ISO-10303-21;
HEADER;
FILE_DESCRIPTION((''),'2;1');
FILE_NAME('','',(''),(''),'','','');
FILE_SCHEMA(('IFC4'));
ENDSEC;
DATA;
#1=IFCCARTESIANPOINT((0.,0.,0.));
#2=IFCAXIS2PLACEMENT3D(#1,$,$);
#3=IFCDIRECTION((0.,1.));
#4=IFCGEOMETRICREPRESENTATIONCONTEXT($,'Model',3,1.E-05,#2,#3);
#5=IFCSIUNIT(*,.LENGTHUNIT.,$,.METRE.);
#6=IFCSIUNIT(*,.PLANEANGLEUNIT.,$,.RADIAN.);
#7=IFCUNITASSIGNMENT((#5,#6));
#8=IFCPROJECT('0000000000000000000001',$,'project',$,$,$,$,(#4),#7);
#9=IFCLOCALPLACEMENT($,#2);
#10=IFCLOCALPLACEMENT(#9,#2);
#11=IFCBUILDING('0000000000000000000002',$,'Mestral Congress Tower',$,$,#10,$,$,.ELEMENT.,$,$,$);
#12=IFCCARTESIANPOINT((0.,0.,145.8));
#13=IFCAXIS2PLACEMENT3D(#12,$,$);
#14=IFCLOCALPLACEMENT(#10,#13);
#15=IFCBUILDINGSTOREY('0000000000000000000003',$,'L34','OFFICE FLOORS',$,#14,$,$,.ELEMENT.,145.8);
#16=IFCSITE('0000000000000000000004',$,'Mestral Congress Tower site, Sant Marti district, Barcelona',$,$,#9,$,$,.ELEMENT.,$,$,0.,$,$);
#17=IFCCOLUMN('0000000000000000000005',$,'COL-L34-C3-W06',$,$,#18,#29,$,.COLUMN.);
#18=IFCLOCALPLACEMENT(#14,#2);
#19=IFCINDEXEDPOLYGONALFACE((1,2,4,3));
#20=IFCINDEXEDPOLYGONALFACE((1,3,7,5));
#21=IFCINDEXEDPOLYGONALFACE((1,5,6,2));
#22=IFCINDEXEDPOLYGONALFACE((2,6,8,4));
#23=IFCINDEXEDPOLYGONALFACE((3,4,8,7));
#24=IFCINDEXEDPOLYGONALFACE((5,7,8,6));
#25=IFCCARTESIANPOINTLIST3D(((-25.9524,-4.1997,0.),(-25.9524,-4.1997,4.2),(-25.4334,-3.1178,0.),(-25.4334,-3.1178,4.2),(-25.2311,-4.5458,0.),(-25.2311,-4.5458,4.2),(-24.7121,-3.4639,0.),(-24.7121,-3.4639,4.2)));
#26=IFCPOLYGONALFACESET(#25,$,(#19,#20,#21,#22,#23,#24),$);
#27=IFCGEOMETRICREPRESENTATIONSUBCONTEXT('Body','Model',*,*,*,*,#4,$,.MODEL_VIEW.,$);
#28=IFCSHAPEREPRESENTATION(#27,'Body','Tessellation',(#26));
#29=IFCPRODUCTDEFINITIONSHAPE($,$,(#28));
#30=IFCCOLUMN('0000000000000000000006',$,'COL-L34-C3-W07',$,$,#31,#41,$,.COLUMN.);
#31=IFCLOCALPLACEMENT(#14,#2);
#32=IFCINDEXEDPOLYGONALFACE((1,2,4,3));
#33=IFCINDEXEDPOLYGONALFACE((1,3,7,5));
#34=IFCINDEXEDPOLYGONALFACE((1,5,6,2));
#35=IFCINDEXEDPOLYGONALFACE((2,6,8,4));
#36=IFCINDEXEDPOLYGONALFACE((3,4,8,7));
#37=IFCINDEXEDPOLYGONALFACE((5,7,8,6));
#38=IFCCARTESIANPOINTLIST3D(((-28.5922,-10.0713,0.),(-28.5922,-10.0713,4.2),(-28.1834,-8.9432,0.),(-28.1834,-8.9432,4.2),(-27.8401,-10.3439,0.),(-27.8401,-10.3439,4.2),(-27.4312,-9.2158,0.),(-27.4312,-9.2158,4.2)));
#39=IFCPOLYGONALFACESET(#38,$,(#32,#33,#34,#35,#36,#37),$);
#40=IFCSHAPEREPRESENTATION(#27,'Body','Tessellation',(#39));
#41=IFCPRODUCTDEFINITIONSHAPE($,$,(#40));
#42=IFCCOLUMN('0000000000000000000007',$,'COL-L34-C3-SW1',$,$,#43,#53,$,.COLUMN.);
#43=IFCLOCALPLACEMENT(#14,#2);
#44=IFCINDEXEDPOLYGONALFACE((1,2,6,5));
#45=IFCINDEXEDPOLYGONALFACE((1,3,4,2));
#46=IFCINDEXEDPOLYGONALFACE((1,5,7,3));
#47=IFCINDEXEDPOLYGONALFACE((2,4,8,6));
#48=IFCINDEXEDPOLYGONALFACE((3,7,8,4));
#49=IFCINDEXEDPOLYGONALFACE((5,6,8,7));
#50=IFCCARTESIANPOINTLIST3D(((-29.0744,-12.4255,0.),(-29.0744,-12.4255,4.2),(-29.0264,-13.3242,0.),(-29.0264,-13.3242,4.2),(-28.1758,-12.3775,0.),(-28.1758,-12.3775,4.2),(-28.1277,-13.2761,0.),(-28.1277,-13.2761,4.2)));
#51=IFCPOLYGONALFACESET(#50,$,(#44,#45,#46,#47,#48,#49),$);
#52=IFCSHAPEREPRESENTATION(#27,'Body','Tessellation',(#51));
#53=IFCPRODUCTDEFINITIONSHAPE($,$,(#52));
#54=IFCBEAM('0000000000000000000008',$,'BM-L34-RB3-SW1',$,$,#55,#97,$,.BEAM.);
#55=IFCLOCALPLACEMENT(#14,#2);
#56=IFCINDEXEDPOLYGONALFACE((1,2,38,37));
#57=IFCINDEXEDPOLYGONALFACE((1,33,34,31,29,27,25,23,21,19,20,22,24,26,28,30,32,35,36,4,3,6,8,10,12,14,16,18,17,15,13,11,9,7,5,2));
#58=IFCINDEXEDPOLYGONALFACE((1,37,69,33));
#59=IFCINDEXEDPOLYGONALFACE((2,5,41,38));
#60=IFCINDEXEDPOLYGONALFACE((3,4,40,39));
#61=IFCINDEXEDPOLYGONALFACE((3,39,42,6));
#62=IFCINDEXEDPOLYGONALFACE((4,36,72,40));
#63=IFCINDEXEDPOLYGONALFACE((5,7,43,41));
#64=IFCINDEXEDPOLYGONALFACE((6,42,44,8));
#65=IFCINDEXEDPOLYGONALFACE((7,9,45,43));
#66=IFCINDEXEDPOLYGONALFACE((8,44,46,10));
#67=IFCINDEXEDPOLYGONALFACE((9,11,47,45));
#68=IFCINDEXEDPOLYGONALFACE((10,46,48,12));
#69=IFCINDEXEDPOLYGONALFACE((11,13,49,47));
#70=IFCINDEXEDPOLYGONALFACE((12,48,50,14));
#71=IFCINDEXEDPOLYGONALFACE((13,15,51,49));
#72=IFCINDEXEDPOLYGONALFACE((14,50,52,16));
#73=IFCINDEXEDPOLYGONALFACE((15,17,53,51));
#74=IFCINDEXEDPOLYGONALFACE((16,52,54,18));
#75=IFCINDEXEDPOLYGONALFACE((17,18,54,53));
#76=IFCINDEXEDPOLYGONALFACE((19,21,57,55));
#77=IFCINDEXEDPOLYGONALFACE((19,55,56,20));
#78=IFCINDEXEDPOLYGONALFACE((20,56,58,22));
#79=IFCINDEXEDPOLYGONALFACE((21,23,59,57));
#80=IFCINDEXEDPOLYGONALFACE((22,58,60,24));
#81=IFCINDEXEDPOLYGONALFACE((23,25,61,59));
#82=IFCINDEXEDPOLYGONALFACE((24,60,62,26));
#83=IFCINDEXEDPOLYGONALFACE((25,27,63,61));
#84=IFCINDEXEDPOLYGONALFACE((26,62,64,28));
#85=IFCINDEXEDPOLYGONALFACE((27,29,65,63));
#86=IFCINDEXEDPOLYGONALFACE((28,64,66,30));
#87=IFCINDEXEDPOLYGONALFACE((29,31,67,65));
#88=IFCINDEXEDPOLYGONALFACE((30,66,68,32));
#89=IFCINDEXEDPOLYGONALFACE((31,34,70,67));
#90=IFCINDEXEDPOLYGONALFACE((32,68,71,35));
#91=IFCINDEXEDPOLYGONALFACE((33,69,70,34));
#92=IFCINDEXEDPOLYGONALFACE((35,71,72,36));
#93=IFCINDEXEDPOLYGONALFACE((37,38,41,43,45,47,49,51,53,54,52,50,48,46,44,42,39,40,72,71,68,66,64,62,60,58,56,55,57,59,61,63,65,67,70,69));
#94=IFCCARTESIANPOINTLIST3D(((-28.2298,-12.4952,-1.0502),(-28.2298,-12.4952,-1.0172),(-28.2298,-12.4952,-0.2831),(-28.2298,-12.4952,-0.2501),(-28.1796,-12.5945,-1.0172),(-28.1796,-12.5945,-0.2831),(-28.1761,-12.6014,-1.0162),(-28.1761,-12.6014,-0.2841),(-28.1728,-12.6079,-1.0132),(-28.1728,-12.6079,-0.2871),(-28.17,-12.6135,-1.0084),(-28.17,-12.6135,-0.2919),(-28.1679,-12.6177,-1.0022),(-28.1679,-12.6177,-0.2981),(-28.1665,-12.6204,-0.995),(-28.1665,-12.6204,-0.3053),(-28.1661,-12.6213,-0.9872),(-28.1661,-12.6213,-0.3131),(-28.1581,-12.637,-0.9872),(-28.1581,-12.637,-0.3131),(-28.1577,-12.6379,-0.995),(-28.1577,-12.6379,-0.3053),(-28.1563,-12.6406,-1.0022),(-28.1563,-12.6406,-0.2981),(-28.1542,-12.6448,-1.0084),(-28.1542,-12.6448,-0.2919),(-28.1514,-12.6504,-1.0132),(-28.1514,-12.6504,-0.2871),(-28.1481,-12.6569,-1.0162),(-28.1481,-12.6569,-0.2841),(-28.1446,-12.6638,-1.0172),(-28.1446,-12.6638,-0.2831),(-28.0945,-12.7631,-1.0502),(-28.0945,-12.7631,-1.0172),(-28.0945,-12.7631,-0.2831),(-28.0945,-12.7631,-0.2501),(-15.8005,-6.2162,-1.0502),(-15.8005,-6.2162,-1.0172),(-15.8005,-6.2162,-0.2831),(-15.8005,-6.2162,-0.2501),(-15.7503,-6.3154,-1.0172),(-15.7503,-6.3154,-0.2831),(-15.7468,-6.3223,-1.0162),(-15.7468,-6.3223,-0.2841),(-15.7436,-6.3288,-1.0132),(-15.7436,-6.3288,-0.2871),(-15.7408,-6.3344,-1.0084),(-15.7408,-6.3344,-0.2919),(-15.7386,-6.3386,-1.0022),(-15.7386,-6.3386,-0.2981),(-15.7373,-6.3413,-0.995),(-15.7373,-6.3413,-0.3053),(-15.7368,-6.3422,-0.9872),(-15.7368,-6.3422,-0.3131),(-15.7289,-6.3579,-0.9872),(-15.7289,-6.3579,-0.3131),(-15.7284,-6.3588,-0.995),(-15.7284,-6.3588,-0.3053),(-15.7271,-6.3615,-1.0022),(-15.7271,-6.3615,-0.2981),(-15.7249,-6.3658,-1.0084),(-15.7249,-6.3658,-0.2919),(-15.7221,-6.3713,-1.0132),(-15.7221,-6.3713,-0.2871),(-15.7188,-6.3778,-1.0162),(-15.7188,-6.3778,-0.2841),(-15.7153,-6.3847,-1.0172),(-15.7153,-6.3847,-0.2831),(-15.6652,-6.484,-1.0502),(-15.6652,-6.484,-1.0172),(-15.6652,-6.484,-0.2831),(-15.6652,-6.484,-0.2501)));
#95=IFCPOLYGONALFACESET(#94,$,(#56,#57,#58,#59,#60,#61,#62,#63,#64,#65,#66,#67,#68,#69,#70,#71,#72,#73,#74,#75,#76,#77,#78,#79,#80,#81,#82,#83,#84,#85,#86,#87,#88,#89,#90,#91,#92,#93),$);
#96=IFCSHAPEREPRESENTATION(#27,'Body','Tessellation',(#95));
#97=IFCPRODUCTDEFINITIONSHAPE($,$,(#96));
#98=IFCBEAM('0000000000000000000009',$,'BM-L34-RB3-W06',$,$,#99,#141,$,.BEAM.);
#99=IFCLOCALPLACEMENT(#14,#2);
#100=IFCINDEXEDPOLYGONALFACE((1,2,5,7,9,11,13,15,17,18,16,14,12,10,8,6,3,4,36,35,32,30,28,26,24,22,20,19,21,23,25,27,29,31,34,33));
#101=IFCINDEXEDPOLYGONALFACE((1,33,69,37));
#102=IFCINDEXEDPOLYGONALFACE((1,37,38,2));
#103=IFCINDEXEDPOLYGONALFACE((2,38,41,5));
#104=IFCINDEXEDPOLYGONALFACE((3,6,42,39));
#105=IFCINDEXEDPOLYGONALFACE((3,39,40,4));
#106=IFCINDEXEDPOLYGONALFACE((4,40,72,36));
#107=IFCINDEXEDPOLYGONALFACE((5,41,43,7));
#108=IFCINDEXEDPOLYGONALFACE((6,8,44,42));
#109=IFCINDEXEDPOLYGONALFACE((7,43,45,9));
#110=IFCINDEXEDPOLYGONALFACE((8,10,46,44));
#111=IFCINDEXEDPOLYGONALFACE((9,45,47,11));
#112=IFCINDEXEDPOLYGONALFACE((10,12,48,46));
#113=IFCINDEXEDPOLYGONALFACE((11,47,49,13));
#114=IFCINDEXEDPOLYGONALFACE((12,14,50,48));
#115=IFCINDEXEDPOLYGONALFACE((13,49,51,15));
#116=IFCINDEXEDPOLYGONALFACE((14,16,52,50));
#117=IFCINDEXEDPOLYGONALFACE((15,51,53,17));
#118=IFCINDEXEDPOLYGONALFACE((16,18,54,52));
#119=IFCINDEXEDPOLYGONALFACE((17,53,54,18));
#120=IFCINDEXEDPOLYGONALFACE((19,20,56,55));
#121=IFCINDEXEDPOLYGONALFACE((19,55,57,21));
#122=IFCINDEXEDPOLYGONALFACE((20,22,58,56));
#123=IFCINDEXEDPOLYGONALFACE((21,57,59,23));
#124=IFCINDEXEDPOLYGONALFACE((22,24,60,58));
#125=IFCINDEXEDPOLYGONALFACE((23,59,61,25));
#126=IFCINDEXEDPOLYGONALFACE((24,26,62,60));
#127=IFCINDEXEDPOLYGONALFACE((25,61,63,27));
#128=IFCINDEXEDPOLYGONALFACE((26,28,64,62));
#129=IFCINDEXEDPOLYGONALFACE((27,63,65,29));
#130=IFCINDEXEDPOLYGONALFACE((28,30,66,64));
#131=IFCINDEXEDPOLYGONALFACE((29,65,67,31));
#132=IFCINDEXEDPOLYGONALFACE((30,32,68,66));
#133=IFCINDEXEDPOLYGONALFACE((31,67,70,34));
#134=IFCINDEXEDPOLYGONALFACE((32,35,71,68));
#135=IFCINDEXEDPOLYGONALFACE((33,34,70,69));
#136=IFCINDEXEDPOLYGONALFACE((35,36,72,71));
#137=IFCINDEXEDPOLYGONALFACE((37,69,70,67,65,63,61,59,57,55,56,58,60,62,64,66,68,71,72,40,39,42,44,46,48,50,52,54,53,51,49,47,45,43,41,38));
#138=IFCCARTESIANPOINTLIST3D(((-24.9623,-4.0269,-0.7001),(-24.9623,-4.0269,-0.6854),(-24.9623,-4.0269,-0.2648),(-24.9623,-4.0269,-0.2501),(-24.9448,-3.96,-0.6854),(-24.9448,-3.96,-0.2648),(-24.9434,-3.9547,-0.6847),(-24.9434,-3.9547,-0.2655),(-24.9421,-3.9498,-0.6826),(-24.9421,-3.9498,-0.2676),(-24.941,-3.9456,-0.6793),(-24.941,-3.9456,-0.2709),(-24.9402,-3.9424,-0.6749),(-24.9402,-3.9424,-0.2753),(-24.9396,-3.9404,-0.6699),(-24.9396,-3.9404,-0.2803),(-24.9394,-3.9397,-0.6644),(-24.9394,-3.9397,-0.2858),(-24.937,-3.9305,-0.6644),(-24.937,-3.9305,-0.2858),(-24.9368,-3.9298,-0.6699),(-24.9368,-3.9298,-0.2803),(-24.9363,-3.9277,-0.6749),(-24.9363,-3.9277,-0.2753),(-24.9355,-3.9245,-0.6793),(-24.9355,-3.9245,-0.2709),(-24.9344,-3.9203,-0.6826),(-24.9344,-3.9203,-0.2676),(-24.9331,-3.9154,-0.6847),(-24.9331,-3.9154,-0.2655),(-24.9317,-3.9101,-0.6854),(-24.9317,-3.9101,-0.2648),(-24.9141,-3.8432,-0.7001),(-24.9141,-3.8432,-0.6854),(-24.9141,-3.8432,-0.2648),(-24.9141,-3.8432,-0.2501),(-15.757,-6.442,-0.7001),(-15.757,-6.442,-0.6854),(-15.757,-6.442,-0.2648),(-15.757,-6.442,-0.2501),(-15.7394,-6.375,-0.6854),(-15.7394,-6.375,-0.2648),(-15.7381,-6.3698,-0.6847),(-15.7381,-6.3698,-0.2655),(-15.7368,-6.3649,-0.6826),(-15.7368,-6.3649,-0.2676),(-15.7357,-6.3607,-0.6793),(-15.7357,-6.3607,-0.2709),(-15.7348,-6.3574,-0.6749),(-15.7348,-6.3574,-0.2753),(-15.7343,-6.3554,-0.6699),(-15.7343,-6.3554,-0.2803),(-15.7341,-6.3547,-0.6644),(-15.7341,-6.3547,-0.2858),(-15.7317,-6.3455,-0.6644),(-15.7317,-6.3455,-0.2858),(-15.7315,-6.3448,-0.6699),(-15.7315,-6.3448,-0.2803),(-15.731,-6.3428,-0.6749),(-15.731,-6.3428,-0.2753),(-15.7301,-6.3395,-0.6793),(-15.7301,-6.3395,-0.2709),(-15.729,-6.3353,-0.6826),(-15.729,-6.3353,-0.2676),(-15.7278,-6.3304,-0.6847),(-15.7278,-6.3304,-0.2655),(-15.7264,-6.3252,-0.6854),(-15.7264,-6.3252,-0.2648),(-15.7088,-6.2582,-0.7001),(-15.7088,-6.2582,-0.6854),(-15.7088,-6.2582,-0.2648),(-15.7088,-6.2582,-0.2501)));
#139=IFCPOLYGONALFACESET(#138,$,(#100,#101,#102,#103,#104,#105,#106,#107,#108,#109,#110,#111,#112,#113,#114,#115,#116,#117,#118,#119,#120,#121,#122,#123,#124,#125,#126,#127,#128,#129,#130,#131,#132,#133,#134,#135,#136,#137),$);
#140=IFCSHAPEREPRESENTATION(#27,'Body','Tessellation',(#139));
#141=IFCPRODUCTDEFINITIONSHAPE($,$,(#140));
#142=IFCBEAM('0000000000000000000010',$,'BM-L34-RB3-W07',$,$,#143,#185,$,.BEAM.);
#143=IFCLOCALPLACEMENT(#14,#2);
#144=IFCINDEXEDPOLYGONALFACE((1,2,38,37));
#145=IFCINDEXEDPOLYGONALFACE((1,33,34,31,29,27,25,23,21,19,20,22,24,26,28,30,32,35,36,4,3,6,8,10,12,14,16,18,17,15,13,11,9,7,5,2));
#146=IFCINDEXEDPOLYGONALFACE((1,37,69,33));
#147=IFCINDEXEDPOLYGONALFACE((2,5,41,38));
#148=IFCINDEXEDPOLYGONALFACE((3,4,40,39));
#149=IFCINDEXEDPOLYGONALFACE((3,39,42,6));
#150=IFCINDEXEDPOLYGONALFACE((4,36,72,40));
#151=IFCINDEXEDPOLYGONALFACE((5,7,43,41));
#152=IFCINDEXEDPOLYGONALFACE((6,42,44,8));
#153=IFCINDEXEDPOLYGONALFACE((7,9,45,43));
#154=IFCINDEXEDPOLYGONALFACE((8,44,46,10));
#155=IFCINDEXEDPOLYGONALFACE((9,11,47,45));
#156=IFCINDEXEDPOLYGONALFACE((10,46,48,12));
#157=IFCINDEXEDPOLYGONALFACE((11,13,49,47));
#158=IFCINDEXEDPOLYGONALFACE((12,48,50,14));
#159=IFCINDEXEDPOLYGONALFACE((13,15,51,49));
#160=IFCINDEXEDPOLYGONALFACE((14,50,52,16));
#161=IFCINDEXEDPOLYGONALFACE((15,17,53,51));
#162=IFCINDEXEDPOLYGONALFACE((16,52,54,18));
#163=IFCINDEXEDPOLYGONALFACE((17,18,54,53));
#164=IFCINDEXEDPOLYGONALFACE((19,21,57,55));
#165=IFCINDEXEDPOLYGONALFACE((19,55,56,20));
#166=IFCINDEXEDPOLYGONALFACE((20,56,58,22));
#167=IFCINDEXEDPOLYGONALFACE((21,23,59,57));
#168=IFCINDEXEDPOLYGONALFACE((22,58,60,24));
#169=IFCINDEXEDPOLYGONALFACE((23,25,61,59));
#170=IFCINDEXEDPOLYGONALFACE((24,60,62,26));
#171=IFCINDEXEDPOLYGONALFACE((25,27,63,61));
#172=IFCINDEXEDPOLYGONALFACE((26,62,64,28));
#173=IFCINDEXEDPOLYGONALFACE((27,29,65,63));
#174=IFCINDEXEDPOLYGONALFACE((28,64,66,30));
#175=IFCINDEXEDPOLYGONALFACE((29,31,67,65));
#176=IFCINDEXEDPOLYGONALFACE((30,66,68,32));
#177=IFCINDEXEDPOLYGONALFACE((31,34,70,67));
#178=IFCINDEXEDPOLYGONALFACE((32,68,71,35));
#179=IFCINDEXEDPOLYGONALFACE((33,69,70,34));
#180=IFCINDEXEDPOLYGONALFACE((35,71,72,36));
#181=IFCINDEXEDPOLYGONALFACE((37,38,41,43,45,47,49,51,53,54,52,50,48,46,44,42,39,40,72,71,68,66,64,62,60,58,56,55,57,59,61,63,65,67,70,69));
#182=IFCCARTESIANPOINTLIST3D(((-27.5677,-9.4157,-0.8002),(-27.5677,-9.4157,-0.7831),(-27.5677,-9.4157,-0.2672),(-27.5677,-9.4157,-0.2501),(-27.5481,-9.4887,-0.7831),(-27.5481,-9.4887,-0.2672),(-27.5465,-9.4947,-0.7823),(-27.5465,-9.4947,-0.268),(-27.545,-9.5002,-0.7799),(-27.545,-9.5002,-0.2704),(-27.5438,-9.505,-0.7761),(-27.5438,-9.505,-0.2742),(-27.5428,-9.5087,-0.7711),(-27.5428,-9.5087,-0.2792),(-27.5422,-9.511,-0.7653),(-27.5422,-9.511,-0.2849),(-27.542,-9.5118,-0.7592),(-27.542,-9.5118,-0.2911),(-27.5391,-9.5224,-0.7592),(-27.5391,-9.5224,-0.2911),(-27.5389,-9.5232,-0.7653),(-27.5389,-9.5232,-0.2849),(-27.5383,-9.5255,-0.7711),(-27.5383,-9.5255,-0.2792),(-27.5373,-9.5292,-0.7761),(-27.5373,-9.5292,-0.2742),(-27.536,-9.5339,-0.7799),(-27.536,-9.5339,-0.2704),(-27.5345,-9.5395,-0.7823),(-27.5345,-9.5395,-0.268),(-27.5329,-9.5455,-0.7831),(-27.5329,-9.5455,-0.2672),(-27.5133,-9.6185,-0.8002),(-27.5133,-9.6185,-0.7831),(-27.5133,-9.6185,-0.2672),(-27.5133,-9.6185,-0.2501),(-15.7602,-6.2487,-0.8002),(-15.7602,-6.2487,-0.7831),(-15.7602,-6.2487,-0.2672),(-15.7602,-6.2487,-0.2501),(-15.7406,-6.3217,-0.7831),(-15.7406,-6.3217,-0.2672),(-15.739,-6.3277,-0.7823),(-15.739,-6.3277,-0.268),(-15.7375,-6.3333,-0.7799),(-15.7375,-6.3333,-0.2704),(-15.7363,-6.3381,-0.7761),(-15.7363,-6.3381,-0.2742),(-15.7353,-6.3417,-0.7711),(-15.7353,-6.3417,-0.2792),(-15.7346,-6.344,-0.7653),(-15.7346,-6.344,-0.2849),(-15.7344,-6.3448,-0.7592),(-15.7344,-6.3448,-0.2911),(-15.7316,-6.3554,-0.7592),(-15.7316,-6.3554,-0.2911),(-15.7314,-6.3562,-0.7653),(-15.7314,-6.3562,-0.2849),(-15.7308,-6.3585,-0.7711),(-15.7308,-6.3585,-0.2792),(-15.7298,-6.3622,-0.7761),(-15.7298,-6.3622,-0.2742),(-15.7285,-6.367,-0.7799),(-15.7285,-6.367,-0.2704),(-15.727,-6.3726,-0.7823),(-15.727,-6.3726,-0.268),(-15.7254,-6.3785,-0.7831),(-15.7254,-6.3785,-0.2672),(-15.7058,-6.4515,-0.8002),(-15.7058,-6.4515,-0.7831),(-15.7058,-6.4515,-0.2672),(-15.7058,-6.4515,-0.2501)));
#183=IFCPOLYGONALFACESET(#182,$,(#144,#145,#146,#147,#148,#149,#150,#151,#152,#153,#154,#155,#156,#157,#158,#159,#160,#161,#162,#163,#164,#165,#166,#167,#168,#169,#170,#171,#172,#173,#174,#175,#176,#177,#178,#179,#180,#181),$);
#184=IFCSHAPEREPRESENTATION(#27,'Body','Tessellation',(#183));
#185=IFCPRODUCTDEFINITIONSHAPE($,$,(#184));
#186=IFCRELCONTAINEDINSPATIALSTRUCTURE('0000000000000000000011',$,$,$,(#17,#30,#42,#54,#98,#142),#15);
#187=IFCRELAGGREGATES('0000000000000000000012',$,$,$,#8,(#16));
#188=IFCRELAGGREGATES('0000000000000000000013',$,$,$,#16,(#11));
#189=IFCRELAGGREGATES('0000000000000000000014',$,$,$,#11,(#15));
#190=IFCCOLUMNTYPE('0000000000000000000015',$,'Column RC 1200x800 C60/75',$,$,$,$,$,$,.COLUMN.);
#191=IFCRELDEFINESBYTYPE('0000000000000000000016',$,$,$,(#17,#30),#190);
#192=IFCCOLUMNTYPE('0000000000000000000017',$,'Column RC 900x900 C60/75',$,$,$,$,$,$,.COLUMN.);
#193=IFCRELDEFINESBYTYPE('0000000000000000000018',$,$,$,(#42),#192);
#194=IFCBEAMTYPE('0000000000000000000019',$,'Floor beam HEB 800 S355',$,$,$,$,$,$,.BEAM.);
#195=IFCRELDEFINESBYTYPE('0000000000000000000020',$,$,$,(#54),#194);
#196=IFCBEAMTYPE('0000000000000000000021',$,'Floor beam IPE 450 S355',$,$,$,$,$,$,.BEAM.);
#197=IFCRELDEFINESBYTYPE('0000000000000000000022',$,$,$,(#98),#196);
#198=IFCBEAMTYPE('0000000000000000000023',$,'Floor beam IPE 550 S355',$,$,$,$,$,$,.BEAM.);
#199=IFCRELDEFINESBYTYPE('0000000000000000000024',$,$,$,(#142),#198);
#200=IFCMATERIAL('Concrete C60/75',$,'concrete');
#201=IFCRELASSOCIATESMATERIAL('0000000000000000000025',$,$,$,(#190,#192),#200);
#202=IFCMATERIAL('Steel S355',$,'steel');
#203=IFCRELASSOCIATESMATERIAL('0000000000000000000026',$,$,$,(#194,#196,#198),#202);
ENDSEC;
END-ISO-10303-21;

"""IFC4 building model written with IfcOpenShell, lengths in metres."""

from ifc_helpers import new_model, si_unit, direction, frame, origin, origin_2d, place, context, subcontext, project, spatial, rectangle, i_section, extrude, material, material_profile, profile_set, type_object, element, save


model = new_model("IFC4")

# Units and contexts
model_context = context("Model", 3, precision=1e-05, world=origin(), true_north=direction((0.0, 1.0)))
body_context = subcontext(model_context, "Body", "Model", "MODEL_VIEW")
ifc_project = project(units=[si_unit("LENGTHUNIT", "METRE"), si_unit("PLANEANGLEUNIT", "RADIAN")], contexts=[model_context])

# Site, building, storey
site_placement = place(None, origin())
site = spatial("IfcSite", under=ifc_project, at=site_placement, Name="Mestral Congress Tower site, Sant Marti district, Barcelona", CompositionType="ELEMENT", RefElevation=0.0)
building_placement = place(site_placement, origin())
building = spatial("IfcBuilding", under=site, at=building_placement, Name="Mestral Congress Tower", CompositionType="ELEMENT")
storey_placement = place(building_placement, frame((0.0, 0.0, 145.8)))
storey = spatial("IfcBuildingStorey", under=building, at=storey_placement, Name="L34", Description="OFFICE FLOORS", CompositionType="ELEMENT", Elevation=145.8)

# Columns
ifc_material_1 = material(Name="Concrete C60/75", Category="concrete")
ifc_material_profile_1 = material_profile(ifc_material_1, rectangle(XDim=1.2, YDim=0.8, at=origin_2d()), Name="RC 1200x800")
ifc_profile_set_1 = profile_set([ifc_material_profile_1], Name="Concrete C60/75")
column_type_1 = type_object("IfcColumnType", Name="Column RC 1200x800 C60/75", PredefinedType="COLUMN", material=ifc_profile_set_1)
for number, where, z_axis, x_axis, name in (
    (1, (-25.3323, -3.8318, 0.0), (0.0, 0.0, 1.0), (-0.432522, -0.901624, 0.0), "COL-L34-C3-W06"),
    (2, (-28.0117, -9.6436, 0.0), (0.0, 0.0, 1.0), (-0.340744, -0.940156, 0.0), "COL-L34-C3-W07"),
):
    element("IfcColumn", number, at=place(storey_placement, frame(where, z_axis=z_axis, x_axis=x_axis)), inside=storey, type_object=column_type_1, Name=name, PredefinedType="COLUMN", context=body_context, shape_type="SweptSolid", body=[
        extrude(rectangle(XDim=1.2, YDim=0.8, at=origin_2d()), origin(), (0.0, 0.0, 1.0), 4.2),
    ])
ifc_material_profile_2 = material_profile(ifc_material_1, rectangle(XDim=0.8999, YDim=0.8999, at=origin_2d()), Name="RC 900x900")
ifc_profile_set_2 = profile_set([ifc_material_profile_2], Name="Concrete C60/75")
column_type_2 = type_object("IfcColumnType", Name="Column RC 900x900 C60/75", PredefinedType="COLUMN", material=ifc_profile_set_2)
column_placement = place(storey_placement, frame((-28.6011, -12.8508, 0.0), z_axis=(0.0, 0.0, 1.0), x_axis=(0.053392, -0.998574, 0.0)))
element("IfcColumn", 3, at=column_placement, inside=storey, type_object=column_type_2, Name="COL-L34-C3-SW1", PredefinedType="COLUMN", context=body_context, shape_type="SweptSolid", body=[
    extrude(rectangle(XDim=0.8999, YDim=0.8999, at=origin_2d()), origin(), (0.0, 0.0, 1.0), 4.2),
])

# Beams
ifc_material_2 = material(Name="Steel S355", Category="steel")
ifc_material_profile_3 = material_profile(ifc_material_2, i_section(OverallWidth=0.3, OverallDepth=0.8, WebThickness=0.0176, FlangeThickness=0.033, FilletRadius=0.03, at=origin_2d()), Name="HEB 800")
ifc_profile_set_3 = profile_set([ifc_material_profile_3], Name="Steel S355")
beam_type_1 = type_object("IfcBeamType", Name="Floor beam HEB 800 S355", PredefinedType="BEAM", material=ifc_profile_set_3)
beam_1_placement = place(storey_placement, frame((-28.1621, -12.6292, -0.6501), z_axis=(0.892568, 0.450913, 0.0), x_axis=(-0.450913, 0.892568, 0.0)))
element("IfcBeam", 4, at=beam_1_placement, inside=storey, type_object=beam_type_1, Name="BM-L34-RB3-SW1", PredefinedType="BEAM", context=body_context, shape_type="SweptSolid", body=[
    extrude(i_section(OverallWidth=0.3, OverallDepth=0.8, WebThickness=0.0176, FlangeThickness=0.033, FilletRadius=0.03, at=origin_2d()), origin(), (0.0, 0.0, 1.0), 13.9253),
])
ifc_material_profile_4 = material_profile(ifc_material_2, i_section(OverallWidth=0.1899, OverallDepth=0.45, WebThickness=0.0095, FlangeThickness=0.0146, FilletRadius=0.021, at=origin_2d()), Name="IPE 450")
ifc_profile_set_4 = profile_set([ifc_material_profile_4], Name="Steel S355")
beam_type_2 = type_object("IfcBeamType", Name="Floor beam IPE 450 S355", PredefinedType="BEAM", material=ifc_profile_set_4)
beam_2_placement = place(storey_placement, frame((-24.9382, -3.9351, -0.4751), z_axis=(0.967266, -0.253765, 0.0), x_axis=(0.253765, 0.967266, 0.0)))
element("IfcBeam", 5, at=beam_2_placement, inside=storey, type_object=beam_type_2, Name="BM-L34-RB3-W06", PredefinedType="BEAM", context=body_context, shape_type="SweptSolid", body=[
    extrude(i_section(OverallWidth=0.1899, OverallDepth=0.45, WebThickness=0.0095, FlangeThickness=0.0146, FilletRadius=0.021, at=origin_2d()), origin(), (0.0, 0.0, 1.0), 9.5168),
])
ifc_material_profile_5 = material_profile(ifc_material_2, i_section(OverallWidth=0.21, OverallDepth=0.55, WebThickness=0.011, FlangeThickness=0.0171, FilletRadius=0.0239, at=origin_2d()), Name="IPE 550")
ifc_profile_set_5 = profile_set([ifc_material_profile_5], Name="Steel S355")
beam_type_3 = type_object("IfcBeamType", Name="Floor beam IPE 550 S355", PredefinedType="BEAM", material=ifc_profile_set_5)
beam_3_placement = place(storey_placement, frame((-27.5405, -9.5171, -0.5251), z_axis=(0.965861, 0.259059, 0.0), x_axis=(-0.259059, 0.965861, 0.0)))
element("IfcBeam", 6, at=beam_3_placement, inside=storey, type_object=beam_type_3, Name="BM-L34-RB3-W07", PredefinedType="BEAM", context=body_context, shape_type="SweptSolid", body=[
    extrude(i_section(OverallWidth=0.21, OverallDepth=0.55, WebThickness=0.011, FlangeThickness=0.0171, FilletRadius=0.0239, at=origin_2d()), origin(), (0.0, 0.0, 1.0), 12.2249),
])

save(model, "model.ifc")
